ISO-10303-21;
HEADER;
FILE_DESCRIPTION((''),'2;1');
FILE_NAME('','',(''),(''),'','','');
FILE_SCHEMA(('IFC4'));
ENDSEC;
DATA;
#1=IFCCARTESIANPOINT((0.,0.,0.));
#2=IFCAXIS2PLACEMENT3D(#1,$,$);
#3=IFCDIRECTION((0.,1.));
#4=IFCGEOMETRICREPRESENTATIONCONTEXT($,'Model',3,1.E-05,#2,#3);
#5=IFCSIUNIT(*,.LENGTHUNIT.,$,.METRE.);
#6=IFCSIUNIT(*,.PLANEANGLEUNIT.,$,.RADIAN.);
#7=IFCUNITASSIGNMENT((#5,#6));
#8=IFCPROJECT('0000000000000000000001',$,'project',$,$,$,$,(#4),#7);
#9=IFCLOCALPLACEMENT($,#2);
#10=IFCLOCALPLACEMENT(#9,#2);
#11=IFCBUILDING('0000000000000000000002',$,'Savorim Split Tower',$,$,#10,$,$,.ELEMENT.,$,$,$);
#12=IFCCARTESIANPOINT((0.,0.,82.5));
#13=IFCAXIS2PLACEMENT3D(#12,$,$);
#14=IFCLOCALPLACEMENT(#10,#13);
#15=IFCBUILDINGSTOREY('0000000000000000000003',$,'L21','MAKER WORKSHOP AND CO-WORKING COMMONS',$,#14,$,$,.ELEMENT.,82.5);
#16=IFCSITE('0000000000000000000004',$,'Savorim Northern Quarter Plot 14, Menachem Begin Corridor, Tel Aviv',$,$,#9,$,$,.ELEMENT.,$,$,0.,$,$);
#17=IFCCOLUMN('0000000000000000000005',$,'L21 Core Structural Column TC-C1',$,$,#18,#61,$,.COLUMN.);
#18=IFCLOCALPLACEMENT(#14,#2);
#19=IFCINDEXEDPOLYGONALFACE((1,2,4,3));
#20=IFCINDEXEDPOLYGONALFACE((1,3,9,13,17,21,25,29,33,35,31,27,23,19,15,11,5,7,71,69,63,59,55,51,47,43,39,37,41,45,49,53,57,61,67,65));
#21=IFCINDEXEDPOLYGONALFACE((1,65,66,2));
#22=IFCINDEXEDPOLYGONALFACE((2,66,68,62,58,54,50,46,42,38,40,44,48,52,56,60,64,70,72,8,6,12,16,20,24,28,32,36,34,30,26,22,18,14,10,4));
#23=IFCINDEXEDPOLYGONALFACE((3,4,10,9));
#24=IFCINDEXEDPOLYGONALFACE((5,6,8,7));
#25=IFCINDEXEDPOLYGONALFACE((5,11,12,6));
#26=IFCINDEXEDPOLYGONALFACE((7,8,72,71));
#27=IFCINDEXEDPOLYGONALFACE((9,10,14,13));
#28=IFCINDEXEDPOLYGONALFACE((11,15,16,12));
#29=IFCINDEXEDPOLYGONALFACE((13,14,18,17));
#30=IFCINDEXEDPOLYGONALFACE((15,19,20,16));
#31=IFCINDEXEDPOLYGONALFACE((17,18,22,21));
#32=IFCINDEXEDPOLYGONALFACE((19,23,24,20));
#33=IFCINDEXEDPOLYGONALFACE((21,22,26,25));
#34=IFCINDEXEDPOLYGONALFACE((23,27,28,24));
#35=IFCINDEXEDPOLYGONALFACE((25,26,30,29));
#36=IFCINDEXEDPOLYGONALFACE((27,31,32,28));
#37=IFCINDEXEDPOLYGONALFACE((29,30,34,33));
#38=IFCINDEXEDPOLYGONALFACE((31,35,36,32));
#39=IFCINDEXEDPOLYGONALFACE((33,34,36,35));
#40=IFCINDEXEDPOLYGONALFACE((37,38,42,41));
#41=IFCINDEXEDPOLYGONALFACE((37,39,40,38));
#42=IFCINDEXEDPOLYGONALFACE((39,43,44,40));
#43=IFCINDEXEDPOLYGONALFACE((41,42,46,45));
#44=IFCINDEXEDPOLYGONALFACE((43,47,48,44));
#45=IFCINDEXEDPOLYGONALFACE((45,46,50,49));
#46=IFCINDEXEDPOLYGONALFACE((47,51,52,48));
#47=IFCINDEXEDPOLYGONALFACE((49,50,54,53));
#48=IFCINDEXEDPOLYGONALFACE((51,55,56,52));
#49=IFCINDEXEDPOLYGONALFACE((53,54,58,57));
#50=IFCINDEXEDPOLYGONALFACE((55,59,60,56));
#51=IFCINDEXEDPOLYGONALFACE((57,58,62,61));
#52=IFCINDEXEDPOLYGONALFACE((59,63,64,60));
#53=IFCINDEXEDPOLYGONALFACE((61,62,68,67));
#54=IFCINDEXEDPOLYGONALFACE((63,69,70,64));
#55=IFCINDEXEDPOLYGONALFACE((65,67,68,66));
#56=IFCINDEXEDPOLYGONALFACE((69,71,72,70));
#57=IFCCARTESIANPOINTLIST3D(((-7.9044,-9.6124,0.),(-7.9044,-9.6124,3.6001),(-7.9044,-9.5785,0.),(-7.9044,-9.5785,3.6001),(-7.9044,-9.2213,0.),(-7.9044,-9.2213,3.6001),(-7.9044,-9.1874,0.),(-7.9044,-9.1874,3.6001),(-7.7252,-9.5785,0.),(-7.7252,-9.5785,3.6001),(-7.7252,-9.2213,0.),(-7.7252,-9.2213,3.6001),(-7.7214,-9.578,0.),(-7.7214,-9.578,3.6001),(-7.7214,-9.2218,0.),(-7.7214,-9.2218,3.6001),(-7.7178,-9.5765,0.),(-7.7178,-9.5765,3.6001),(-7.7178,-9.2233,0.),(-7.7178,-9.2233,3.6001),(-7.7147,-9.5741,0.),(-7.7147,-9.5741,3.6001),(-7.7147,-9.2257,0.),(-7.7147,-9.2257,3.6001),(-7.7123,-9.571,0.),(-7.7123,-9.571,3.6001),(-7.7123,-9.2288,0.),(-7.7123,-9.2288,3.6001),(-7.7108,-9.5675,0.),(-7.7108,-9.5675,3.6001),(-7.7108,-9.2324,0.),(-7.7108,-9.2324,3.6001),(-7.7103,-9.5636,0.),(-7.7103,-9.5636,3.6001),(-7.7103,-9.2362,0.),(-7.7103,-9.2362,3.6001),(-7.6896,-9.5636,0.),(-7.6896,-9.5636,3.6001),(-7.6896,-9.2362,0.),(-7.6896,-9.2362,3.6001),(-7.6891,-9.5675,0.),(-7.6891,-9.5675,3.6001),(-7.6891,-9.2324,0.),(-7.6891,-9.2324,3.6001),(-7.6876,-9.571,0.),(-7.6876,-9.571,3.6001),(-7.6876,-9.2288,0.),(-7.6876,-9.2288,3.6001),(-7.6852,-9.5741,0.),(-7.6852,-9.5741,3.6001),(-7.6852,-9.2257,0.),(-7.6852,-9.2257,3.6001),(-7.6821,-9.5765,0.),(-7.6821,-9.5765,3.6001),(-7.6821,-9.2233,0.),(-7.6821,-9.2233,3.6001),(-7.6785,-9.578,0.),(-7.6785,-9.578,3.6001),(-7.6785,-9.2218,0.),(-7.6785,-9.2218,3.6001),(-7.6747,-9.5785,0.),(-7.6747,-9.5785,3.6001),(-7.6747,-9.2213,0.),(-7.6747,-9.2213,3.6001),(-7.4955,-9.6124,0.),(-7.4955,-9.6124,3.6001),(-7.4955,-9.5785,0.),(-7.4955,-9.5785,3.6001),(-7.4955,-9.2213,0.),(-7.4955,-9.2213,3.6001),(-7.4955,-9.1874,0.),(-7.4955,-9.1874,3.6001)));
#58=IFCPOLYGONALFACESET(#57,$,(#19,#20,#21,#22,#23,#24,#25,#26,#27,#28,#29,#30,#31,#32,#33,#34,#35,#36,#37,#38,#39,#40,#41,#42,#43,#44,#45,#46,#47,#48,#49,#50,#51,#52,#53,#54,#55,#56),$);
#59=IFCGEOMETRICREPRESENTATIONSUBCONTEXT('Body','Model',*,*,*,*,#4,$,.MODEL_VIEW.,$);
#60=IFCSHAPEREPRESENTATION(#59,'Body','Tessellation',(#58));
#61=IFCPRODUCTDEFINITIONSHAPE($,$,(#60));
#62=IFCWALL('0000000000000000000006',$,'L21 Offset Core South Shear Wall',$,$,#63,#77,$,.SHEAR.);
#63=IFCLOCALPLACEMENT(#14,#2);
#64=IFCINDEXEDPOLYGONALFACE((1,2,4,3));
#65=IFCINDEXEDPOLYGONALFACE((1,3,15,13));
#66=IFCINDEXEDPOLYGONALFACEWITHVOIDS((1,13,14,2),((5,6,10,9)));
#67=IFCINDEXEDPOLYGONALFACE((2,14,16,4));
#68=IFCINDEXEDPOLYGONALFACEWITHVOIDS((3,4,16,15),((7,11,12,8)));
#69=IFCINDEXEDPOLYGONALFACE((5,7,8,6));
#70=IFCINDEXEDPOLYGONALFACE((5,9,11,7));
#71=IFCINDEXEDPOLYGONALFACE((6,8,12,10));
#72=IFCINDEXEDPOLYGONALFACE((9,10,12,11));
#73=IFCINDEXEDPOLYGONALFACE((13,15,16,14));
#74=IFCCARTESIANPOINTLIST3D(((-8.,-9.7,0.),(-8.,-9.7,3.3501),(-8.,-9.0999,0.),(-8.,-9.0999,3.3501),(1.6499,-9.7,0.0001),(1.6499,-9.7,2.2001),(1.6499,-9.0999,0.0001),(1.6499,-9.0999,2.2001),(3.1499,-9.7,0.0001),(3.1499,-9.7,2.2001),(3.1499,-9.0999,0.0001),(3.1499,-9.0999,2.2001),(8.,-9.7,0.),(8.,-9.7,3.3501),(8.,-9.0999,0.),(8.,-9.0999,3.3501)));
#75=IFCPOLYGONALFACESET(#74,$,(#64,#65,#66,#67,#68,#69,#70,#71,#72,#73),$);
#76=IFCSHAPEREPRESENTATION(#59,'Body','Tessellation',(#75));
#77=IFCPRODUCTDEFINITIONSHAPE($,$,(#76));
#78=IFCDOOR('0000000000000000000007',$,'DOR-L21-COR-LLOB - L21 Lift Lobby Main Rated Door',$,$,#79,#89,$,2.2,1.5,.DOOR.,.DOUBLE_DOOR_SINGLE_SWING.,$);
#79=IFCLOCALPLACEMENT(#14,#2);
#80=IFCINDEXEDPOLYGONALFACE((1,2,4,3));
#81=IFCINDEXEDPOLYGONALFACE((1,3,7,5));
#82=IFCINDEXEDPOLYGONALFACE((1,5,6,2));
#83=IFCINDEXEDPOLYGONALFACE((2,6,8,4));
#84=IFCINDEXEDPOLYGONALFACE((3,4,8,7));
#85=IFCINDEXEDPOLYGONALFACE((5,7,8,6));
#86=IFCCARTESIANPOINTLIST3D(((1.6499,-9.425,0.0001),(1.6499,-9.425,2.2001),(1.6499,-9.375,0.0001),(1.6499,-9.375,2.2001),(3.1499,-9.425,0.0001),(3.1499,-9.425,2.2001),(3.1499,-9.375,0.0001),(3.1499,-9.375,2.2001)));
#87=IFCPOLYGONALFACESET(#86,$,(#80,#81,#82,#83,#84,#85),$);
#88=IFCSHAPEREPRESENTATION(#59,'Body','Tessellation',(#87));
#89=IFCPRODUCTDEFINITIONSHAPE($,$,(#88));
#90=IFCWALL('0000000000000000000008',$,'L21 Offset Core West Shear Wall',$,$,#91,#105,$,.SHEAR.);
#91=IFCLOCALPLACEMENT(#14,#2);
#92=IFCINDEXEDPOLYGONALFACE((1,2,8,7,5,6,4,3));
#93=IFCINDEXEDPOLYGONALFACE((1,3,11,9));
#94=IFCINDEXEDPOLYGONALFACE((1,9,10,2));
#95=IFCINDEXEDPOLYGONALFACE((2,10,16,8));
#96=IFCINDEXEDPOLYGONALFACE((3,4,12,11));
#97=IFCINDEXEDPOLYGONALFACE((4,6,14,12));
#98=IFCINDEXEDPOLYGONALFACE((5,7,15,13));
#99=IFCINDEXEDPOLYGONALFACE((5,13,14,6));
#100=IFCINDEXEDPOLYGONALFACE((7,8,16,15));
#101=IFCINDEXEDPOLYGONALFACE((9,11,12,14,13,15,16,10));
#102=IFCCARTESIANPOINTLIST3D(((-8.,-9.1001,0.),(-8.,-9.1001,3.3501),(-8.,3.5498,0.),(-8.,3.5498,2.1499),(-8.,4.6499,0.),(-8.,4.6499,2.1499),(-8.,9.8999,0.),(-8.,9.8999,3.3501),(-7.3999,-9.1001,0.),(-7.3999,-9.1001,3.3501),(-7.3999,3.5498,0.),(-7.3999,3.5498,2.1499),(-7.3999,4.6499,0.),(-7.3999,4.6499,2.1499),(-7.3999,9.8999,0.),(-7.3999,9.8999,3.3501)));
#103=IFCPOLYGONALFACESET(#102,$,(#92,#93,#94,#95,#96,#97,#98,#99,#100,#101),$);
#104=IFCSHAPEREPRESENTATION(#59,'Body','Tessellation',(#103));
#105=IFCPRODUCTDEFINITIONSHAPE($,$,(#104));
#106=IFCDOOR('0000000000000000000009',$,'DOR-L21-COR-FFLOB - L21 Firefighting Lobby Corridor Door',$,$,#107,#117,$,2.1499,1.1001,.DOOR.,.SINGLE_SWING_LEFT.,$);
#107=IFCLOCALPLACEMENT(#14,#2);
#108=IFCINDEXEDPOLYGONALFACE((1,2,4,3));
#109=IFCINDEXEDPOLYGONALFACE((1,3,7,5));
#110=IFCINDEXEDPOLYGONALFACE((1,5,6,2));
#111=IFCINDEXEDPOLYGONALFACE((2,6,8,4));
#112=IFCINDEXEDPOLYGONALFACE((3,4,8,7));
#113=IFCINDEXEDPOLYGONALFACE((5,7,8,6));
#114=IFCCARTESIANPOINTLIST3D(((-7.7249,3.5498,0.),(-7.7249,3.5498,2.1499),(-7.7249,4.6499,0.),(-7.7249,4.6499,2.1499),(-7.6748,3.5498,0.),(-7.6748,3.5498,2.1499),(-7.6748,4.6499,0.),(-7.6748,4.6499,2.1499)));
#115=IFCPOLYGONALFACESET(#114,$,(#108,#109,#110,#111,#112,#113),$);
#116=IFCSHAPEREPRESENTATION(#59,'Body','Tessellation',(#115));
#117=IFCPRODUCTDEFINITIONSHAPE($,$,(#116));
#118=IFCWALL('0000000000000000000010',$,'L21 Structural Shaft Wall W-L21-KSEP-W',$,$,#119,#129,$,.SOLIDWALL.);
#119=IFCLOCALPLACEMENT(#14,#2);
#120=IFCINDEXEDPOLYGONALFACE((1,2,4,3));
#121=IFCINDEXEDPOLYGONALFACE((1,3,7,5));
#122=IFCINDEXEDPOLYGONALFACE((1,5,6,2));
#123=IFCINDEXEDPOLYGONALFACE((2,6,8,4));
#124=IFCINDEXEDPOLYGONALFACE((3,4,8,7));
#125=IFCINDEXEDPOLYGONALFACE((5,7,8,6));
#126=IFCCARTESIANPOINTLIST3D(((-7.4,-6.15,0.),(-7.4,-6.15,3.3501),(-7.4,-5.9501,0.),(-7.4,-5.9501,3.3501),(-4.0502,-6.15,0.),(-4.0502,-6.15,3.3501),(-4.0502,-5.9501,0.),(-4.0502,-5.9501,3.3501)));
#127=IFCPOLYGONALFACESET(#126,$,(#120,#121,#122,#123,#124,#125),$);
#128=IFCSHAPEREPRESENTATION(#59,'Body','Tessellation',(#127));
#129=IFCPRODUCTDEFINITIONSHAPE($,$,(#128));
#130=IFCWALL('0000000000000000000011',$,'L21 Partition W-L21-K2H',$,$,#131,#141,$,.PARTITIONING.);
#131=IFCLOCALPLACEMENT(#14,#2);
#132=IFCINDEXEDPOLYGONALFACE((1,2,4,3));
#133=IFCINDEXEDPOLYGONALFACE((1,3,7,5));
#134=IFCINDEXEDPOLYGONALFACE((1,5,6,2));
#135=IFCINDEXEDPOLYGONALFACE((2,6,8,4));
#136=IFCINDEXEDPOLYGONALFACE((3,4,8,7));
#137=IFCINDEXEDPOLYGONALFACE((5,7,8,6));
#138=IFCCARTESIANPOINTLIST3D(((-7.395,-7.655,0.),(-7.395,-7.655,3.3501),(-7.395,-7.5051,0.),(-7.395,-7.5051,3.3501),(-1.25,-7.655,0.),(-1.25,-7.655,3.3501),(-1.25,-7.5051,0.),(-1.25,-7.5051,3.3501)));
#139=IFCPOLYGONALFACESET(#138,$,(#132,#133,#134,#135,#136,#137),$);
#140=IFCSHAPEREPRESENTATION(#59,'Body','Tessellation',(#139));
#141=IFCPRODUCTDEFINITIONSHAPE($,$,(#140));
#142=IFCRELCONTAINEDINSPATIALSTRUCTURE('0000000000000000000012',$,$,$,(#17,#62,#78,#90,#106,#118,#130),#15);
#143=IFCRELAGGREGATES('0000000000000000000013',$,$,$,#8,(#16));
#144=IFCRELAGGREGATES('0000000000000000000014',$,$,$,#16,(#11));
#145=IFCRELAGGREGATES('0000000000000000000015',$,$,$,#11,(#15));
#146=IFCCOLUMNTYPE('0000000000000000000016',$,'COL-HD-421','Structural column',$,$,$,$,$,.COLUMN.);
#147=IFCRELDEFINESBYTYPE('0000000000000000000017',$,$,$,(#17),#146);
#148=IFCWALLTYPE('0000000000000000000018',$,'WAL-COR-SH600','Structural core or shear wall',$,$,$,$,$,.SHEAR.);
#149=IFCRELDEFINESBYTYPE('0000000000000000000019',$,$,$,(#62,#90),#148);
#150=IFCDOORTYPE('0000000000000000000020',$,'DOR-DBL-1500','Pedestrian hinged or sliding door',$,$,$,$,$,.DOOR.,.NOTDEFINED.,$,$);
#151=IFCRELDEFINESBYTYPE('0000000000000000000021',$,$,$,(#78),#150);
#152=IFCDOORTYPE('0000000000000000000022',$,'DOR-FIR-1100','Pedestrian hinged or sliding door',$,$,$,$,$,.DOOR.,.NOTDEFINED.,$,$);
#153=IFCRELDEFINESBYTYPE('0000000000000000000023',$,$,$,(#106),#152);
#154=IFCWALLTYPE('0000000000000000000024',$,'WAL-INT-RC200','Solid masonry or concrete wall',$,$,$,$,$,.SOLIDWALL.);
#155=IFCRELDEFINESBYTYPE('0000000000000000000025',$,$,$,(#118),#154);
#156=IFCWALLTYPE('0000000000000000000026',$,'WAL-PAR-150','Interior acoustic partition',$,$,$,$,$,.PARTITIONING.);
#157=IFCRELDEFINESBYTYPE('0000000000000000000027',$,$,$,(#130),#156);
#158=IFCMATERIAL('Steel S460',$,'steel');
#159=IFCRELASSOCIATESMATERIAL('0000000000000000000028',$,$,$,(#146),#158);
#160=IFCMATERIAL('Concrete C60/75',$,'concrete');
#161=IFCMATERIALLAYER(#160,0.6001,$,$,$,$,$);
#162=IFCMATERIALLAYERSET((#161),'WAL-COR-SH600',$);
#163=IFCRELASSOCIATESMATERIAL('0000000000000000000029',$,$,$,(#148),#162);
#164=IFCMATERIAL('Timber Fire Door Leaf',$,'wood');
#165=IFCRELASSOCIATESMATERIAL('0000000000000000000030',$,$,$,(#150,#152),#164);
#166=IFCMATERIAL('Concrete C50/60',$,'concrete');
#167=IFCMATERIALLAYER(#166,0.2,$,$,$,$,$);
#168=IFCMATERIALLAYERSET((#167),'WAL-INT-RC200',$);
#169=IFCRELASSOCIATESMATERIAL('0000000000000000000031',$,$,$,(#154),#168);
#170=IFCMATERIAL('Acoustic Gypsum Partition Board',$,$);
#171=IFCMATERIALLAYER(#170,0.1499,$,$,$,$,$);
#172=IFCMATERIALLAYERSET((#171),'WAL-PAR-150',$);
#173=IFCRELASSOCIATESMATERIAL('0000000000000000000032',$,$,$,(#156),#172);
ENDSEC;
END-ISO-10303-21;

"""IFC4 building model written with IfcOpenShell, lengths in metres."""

from ifc_helpers import new_model, si_unit, direction, frame, frame_2d, origin, origin_2d, place, context, subcontext, project, spatial, rectangle, i_section, extrude, material, layer, layer_set, material_profile, profile_set, type_object, element, fill, save


model = new_model("IFC4")

# Units and contexts
model_context = context("Model", 3, precision=1e-05, world=origin(), true_north=direction((0.0, 1.0)))
body_context = subcontext(model_context, "Body", "Model", "MODEL_VIEW")
ifc_project = project(units=[si_unit("LENGTHUNIT", "METRE"), si_unit("PLANEANGLEUNIT", "RADIAN")], contexts=[model_context])

# Site, building, storey
site_placement = place(None, origin())
site = spatial("IfcSite", under=ifc_project, at=site_placement, Name="Savorim Northern Quarter Plot 14, Menachem Begin Corridor, Tel Aviv", CompositionType="ELEMENT", RefElevation=0.0)
building_placement = place(site_placement, origin())
building = spatial("IfcBuilding", under=site, at=building_placement, Name="Savorim Split Tower", CompositionType="ELEMENT")
storey_placement = place(building_placement, frame((0.0, 0.0, 82.5)))
storey = spatial("IfcBuildingStorey", under=building, at=storey_placement, Name="L21", Description="MAKER WORKSHOP AND CO-WORKING COMMONS", CompositionType="ELEMENT", Elevation=82.5)

# Column
ifc_material_1 = material(Name="Steel S460", Category="steel")
ifc_material_profile = material_profile(ifc_material_1, i_section(OverallWidth=0.4089, OverallDepth=0.425, WebThickness=0.0208, FlangeThickness=0.0339, FilletRadius=0.0149, at=origin_2d()), Name="HD 400x421")
ifc_profile_set = profile_set([ifc_material_profile], Name="Steel S460")
column_type = type_object("IfcColumnType", Name="COL-HD-421", Description="Structural column", PredefinedType="COLUMN", material=ifc_profile_set)
column_placement = place(storey_placement, frame((-7.7, -9.3999, 0.0), z_axis=(0.0, 0.0, 1.0), x_axis=(1.0, 0.0, 0.0)))
element("IfcColumn", 1, at=column_placement, inside=storey, type_object=column_type, Name="L21 Core Structural Column TC-C1", PredefinedType="COLUMN", context=body_context, shape_type="SweptSolid", body=[
    extrude(i_section(OverallWidth=0.4089, OverallDepth=0.425, WebThickness=0.0208, FlangeThickness=0.0339, FilletRadius=0.0149, at=origin_2d()), origin(), (0.0, 0.0, 1.0), 3.6001),
])

# Walls, openings, doors
ifc_material_2 = material(Name="Concrete C60/75", Category="concrete")
ifc_layer_1 = layer(ifc_material_2, 0.6001)
ifc_layer_set_1 = layer_set([ifc_layer_1], Name="WAL-COR-SH600")
wall_type_1 = type_object("IfcWallType", Name="WAL-COR-SH600", Description="Structural core or shear wall", PredefinedType="SHEAR", material=ifc_layer_set_1)
wall_1_placement = place(storey_placement, frame((-8.0, -9.3999, 0.0), z_axis=(0.0, 0.0, 1.0), x_axis=(1.0, 0.0, 0.0)))
wall_1 = element("IfcWall", 2, at=wall_1_placement, inside=storey, type_object=wall_type_1, Name="L21 Offset Core South Shear Wall", PredefinedType="SHEAR", context=body_context, shape_type="SweptSolid", body=[
    extrude(rectangle(XDim=16.0, YDim=0.6001, at=frame_2d((8.0, 0.0))), origin(), (0.0, 0.0, 1.0), 3.3501),
])
opening_1_placement = place(wall_1_placement, frame((9.6499, 0.0, 0.0)))
opening_1 = element("IfcOpeningElement", 3, at=opening_1_placement, cuts=wall_1, PredefinedType="OPENING", context=body_context, shape_type="SweptSolid", body=[
    extrude(rectangle(XDim=1.5, YDim=2.2, at=frame_2d((0.75, 1.1001))), frame((0.0, 0.3101, 0.0), z_axis=(0.0, -1.0, 0.0), x_axis=(1.0, 0.0, 0.0)), (0.0, 0.0, 1.0), 0.6201),
])
ifc_material_3 = material(Name="Timber Fire Door Leaf", Category="wood")
door_type_1 = type_object("IfcDoorType", Name="DOR-DBL-1500", Description="Pedestrian hinged or sliding door", OperationType="NOTDEFINED", PredefinedType="DOOR", material=ifc_material_3)
door_1_placement = place(opening_1_placement, origin())
door_1 = element("IfcDoor", 4, at=door_1_placement, inside=storey, type_object=door_type_1, Name="DOR-L21-COR-LLOB - L21 Lift Lobby Main Rated Door", OperationType="DOUBLE_DOOR_SINGLE_SWING", OverallHeight=2.2, OverallWidth=1.5, PredefinedType="DOOR", context=body_context, shape_type="SweptSolid", body=[
    extrude(rectangle(XDim=1.5, YDim=2.2, at=frame_2d((0.75, 1.1001))), frame((0.0, 0.0249, 0.0), z_axis=(0.0, -1.0, 0.0), x_axis=(1.0, 0.0, 0.0)), (0.0, 0.0, 1.0), 0.05),
])
fill(opening_1, door_1)
wall_2_placement = place(storey_placement, frame((-7.7, -9.1001, 0.0), z_axis=(0.0, 0.0, 1.0), x_axis=(0.0, 1.0, 0.0)))
wall_2 = element("IfcWall", 5, at=wall_2_placement, inside=storey, type_object=wall_type_1, Name="L21 Offset Core West Shear Wall", PredefinedType="SHEAR", context=body_context, shape_type="SweptSolid", body=[
    extrude(rectangle(XDim=19.0, YDim=0.6001, at=frame_2d((9.5, 0.0))), origin(), (0.0, 0.0, 1.0), 3.3501),
])
opening_2_placement = place(wall_2_placement, frame((12.6499, 0.0, 0.0)))
opening_2 = element("IfcOpeningElement", 6, at=opening_2_placement, cuts=wall_2, PredefinedType="OPENING", context=body_context, shape_type="SweptSolid", body=[
    extrude(rectangle(XDim=1.1001, YDim=2.1499, at=frame_2d((0.55, 1.075))), frame((0.0, 0.3101, 0.0), z_axis=(0.0, -1.0, 0.0), x_axis=(1.0, 0.0, 0.0)), (0.0, 0.0, 1.0), 0.6201),
])
door_type_2 = type_object("IfcDoorType", Name="DOR-FIR-1100", Description="Pedestrian hinged or sliding door", OperationType="NOTDEFINED", PredefinedType="DOOR", material=ifc_material_3)
door_2_placement = place(opening_2_placement, origin())
door_2 = element("IfcDoor", 7, at=door_2_placement, inside=storey, type_object=door_type_2, Name="DOR-L21-COR-FFLOB - L21 Firefighting Lobby Corridor Door", OperationType="SINGLE_SWING_LEFT", OverallHeight=2.1499, OverallWidth=1.1001, PredefinedType="DOOR", context=body_context, shape_type="SweptSolid", body=[
    extrude(rectangle(XDim=1.1001, YDim=2.1499, at=frame_2d((0.55, 1.075))), frame((0.0, 0.0249, 0.0), z_axis=(0.0, -1.0, 0.0), x_axis=(1.0, 0.0, 0.0)), (0.0, 0.0, 1.0), 0.05),
])
fill(opening_2, door_2)

# Walls
ifc_material_4 = material(Name="Concrete C50/60", Category="concrete")
ifc_layer_2 = layer(ifc_material_4, 0.2)
ifc_layer_set_2 = layer_set([ifc_layer_2], Name="WAL-INT-RC200")
wall_type_2 = type_object("IfcWallType", Name="WAL-INT-RC200", Description="Solid masonry or concrete wall", PredefinedType="SOLIDWALL", material=ifc_layer_set_2)
wall_3_placement = place(storey_placement, frame((-7.3999, -6.05, 0.0), z_axis=(0.0, 0.0, 1.0), x_axis=(1.0, 0.0, 0.0)))
element("IfcWall", 8, at=wall_3_placement, inside=storey, type_object=wall_type_2, Name="L21 Structural Shaft Wall W-L21-KSEP-W", PredefinedType="SOLIDWALL", context=body_context, shape_type="SweptSolid", body=[
    extrude(rectangle(XDim=3.3499, YDim=0.2, at=frame_2d((1.6748, 0.0))), origin(), (0.0, 0.0, 1.0), 3.3501),
])
ifc_material_5 = material(Name="Acoustic Gypsum Partition Board")
ifc_layer_3 = layer(ifc_material_5, 0.1499)
ifc_layer_set_3 = layer_set([ifc_layer_3], Name="WAL-PAR-150")
wall_type_3 = type_object("IfcWallType", Name="WAL-PAR-150", Description="Interior acoustic partition", PredefinedType="PARTITIONING", material=ifc_layer_set_3)
wall_4_placement = place(storey_placement, frame((-7.395, -7.5801, 0.0), z_axis=(0.0, 0.0, 1.0), x_axis=(1.0, 0.0, 0.0)))
element("IfcWall", 9, at=wall_4_placement, inside=storey, type_object=wall_type_3, Name="L21 Partition W-L21-K2H", PredefinedType="PARTITIONING", context=body_context, shape_type="SweptSolid", body=[
    extrude(rectangle(XDim=6.145, YDim=0.1499, at=frame_2d((3.0725, 0.0))), origin(), (0.0, 0.0, 1.0), 3.3501),
])

save(model, "model.ifc")
